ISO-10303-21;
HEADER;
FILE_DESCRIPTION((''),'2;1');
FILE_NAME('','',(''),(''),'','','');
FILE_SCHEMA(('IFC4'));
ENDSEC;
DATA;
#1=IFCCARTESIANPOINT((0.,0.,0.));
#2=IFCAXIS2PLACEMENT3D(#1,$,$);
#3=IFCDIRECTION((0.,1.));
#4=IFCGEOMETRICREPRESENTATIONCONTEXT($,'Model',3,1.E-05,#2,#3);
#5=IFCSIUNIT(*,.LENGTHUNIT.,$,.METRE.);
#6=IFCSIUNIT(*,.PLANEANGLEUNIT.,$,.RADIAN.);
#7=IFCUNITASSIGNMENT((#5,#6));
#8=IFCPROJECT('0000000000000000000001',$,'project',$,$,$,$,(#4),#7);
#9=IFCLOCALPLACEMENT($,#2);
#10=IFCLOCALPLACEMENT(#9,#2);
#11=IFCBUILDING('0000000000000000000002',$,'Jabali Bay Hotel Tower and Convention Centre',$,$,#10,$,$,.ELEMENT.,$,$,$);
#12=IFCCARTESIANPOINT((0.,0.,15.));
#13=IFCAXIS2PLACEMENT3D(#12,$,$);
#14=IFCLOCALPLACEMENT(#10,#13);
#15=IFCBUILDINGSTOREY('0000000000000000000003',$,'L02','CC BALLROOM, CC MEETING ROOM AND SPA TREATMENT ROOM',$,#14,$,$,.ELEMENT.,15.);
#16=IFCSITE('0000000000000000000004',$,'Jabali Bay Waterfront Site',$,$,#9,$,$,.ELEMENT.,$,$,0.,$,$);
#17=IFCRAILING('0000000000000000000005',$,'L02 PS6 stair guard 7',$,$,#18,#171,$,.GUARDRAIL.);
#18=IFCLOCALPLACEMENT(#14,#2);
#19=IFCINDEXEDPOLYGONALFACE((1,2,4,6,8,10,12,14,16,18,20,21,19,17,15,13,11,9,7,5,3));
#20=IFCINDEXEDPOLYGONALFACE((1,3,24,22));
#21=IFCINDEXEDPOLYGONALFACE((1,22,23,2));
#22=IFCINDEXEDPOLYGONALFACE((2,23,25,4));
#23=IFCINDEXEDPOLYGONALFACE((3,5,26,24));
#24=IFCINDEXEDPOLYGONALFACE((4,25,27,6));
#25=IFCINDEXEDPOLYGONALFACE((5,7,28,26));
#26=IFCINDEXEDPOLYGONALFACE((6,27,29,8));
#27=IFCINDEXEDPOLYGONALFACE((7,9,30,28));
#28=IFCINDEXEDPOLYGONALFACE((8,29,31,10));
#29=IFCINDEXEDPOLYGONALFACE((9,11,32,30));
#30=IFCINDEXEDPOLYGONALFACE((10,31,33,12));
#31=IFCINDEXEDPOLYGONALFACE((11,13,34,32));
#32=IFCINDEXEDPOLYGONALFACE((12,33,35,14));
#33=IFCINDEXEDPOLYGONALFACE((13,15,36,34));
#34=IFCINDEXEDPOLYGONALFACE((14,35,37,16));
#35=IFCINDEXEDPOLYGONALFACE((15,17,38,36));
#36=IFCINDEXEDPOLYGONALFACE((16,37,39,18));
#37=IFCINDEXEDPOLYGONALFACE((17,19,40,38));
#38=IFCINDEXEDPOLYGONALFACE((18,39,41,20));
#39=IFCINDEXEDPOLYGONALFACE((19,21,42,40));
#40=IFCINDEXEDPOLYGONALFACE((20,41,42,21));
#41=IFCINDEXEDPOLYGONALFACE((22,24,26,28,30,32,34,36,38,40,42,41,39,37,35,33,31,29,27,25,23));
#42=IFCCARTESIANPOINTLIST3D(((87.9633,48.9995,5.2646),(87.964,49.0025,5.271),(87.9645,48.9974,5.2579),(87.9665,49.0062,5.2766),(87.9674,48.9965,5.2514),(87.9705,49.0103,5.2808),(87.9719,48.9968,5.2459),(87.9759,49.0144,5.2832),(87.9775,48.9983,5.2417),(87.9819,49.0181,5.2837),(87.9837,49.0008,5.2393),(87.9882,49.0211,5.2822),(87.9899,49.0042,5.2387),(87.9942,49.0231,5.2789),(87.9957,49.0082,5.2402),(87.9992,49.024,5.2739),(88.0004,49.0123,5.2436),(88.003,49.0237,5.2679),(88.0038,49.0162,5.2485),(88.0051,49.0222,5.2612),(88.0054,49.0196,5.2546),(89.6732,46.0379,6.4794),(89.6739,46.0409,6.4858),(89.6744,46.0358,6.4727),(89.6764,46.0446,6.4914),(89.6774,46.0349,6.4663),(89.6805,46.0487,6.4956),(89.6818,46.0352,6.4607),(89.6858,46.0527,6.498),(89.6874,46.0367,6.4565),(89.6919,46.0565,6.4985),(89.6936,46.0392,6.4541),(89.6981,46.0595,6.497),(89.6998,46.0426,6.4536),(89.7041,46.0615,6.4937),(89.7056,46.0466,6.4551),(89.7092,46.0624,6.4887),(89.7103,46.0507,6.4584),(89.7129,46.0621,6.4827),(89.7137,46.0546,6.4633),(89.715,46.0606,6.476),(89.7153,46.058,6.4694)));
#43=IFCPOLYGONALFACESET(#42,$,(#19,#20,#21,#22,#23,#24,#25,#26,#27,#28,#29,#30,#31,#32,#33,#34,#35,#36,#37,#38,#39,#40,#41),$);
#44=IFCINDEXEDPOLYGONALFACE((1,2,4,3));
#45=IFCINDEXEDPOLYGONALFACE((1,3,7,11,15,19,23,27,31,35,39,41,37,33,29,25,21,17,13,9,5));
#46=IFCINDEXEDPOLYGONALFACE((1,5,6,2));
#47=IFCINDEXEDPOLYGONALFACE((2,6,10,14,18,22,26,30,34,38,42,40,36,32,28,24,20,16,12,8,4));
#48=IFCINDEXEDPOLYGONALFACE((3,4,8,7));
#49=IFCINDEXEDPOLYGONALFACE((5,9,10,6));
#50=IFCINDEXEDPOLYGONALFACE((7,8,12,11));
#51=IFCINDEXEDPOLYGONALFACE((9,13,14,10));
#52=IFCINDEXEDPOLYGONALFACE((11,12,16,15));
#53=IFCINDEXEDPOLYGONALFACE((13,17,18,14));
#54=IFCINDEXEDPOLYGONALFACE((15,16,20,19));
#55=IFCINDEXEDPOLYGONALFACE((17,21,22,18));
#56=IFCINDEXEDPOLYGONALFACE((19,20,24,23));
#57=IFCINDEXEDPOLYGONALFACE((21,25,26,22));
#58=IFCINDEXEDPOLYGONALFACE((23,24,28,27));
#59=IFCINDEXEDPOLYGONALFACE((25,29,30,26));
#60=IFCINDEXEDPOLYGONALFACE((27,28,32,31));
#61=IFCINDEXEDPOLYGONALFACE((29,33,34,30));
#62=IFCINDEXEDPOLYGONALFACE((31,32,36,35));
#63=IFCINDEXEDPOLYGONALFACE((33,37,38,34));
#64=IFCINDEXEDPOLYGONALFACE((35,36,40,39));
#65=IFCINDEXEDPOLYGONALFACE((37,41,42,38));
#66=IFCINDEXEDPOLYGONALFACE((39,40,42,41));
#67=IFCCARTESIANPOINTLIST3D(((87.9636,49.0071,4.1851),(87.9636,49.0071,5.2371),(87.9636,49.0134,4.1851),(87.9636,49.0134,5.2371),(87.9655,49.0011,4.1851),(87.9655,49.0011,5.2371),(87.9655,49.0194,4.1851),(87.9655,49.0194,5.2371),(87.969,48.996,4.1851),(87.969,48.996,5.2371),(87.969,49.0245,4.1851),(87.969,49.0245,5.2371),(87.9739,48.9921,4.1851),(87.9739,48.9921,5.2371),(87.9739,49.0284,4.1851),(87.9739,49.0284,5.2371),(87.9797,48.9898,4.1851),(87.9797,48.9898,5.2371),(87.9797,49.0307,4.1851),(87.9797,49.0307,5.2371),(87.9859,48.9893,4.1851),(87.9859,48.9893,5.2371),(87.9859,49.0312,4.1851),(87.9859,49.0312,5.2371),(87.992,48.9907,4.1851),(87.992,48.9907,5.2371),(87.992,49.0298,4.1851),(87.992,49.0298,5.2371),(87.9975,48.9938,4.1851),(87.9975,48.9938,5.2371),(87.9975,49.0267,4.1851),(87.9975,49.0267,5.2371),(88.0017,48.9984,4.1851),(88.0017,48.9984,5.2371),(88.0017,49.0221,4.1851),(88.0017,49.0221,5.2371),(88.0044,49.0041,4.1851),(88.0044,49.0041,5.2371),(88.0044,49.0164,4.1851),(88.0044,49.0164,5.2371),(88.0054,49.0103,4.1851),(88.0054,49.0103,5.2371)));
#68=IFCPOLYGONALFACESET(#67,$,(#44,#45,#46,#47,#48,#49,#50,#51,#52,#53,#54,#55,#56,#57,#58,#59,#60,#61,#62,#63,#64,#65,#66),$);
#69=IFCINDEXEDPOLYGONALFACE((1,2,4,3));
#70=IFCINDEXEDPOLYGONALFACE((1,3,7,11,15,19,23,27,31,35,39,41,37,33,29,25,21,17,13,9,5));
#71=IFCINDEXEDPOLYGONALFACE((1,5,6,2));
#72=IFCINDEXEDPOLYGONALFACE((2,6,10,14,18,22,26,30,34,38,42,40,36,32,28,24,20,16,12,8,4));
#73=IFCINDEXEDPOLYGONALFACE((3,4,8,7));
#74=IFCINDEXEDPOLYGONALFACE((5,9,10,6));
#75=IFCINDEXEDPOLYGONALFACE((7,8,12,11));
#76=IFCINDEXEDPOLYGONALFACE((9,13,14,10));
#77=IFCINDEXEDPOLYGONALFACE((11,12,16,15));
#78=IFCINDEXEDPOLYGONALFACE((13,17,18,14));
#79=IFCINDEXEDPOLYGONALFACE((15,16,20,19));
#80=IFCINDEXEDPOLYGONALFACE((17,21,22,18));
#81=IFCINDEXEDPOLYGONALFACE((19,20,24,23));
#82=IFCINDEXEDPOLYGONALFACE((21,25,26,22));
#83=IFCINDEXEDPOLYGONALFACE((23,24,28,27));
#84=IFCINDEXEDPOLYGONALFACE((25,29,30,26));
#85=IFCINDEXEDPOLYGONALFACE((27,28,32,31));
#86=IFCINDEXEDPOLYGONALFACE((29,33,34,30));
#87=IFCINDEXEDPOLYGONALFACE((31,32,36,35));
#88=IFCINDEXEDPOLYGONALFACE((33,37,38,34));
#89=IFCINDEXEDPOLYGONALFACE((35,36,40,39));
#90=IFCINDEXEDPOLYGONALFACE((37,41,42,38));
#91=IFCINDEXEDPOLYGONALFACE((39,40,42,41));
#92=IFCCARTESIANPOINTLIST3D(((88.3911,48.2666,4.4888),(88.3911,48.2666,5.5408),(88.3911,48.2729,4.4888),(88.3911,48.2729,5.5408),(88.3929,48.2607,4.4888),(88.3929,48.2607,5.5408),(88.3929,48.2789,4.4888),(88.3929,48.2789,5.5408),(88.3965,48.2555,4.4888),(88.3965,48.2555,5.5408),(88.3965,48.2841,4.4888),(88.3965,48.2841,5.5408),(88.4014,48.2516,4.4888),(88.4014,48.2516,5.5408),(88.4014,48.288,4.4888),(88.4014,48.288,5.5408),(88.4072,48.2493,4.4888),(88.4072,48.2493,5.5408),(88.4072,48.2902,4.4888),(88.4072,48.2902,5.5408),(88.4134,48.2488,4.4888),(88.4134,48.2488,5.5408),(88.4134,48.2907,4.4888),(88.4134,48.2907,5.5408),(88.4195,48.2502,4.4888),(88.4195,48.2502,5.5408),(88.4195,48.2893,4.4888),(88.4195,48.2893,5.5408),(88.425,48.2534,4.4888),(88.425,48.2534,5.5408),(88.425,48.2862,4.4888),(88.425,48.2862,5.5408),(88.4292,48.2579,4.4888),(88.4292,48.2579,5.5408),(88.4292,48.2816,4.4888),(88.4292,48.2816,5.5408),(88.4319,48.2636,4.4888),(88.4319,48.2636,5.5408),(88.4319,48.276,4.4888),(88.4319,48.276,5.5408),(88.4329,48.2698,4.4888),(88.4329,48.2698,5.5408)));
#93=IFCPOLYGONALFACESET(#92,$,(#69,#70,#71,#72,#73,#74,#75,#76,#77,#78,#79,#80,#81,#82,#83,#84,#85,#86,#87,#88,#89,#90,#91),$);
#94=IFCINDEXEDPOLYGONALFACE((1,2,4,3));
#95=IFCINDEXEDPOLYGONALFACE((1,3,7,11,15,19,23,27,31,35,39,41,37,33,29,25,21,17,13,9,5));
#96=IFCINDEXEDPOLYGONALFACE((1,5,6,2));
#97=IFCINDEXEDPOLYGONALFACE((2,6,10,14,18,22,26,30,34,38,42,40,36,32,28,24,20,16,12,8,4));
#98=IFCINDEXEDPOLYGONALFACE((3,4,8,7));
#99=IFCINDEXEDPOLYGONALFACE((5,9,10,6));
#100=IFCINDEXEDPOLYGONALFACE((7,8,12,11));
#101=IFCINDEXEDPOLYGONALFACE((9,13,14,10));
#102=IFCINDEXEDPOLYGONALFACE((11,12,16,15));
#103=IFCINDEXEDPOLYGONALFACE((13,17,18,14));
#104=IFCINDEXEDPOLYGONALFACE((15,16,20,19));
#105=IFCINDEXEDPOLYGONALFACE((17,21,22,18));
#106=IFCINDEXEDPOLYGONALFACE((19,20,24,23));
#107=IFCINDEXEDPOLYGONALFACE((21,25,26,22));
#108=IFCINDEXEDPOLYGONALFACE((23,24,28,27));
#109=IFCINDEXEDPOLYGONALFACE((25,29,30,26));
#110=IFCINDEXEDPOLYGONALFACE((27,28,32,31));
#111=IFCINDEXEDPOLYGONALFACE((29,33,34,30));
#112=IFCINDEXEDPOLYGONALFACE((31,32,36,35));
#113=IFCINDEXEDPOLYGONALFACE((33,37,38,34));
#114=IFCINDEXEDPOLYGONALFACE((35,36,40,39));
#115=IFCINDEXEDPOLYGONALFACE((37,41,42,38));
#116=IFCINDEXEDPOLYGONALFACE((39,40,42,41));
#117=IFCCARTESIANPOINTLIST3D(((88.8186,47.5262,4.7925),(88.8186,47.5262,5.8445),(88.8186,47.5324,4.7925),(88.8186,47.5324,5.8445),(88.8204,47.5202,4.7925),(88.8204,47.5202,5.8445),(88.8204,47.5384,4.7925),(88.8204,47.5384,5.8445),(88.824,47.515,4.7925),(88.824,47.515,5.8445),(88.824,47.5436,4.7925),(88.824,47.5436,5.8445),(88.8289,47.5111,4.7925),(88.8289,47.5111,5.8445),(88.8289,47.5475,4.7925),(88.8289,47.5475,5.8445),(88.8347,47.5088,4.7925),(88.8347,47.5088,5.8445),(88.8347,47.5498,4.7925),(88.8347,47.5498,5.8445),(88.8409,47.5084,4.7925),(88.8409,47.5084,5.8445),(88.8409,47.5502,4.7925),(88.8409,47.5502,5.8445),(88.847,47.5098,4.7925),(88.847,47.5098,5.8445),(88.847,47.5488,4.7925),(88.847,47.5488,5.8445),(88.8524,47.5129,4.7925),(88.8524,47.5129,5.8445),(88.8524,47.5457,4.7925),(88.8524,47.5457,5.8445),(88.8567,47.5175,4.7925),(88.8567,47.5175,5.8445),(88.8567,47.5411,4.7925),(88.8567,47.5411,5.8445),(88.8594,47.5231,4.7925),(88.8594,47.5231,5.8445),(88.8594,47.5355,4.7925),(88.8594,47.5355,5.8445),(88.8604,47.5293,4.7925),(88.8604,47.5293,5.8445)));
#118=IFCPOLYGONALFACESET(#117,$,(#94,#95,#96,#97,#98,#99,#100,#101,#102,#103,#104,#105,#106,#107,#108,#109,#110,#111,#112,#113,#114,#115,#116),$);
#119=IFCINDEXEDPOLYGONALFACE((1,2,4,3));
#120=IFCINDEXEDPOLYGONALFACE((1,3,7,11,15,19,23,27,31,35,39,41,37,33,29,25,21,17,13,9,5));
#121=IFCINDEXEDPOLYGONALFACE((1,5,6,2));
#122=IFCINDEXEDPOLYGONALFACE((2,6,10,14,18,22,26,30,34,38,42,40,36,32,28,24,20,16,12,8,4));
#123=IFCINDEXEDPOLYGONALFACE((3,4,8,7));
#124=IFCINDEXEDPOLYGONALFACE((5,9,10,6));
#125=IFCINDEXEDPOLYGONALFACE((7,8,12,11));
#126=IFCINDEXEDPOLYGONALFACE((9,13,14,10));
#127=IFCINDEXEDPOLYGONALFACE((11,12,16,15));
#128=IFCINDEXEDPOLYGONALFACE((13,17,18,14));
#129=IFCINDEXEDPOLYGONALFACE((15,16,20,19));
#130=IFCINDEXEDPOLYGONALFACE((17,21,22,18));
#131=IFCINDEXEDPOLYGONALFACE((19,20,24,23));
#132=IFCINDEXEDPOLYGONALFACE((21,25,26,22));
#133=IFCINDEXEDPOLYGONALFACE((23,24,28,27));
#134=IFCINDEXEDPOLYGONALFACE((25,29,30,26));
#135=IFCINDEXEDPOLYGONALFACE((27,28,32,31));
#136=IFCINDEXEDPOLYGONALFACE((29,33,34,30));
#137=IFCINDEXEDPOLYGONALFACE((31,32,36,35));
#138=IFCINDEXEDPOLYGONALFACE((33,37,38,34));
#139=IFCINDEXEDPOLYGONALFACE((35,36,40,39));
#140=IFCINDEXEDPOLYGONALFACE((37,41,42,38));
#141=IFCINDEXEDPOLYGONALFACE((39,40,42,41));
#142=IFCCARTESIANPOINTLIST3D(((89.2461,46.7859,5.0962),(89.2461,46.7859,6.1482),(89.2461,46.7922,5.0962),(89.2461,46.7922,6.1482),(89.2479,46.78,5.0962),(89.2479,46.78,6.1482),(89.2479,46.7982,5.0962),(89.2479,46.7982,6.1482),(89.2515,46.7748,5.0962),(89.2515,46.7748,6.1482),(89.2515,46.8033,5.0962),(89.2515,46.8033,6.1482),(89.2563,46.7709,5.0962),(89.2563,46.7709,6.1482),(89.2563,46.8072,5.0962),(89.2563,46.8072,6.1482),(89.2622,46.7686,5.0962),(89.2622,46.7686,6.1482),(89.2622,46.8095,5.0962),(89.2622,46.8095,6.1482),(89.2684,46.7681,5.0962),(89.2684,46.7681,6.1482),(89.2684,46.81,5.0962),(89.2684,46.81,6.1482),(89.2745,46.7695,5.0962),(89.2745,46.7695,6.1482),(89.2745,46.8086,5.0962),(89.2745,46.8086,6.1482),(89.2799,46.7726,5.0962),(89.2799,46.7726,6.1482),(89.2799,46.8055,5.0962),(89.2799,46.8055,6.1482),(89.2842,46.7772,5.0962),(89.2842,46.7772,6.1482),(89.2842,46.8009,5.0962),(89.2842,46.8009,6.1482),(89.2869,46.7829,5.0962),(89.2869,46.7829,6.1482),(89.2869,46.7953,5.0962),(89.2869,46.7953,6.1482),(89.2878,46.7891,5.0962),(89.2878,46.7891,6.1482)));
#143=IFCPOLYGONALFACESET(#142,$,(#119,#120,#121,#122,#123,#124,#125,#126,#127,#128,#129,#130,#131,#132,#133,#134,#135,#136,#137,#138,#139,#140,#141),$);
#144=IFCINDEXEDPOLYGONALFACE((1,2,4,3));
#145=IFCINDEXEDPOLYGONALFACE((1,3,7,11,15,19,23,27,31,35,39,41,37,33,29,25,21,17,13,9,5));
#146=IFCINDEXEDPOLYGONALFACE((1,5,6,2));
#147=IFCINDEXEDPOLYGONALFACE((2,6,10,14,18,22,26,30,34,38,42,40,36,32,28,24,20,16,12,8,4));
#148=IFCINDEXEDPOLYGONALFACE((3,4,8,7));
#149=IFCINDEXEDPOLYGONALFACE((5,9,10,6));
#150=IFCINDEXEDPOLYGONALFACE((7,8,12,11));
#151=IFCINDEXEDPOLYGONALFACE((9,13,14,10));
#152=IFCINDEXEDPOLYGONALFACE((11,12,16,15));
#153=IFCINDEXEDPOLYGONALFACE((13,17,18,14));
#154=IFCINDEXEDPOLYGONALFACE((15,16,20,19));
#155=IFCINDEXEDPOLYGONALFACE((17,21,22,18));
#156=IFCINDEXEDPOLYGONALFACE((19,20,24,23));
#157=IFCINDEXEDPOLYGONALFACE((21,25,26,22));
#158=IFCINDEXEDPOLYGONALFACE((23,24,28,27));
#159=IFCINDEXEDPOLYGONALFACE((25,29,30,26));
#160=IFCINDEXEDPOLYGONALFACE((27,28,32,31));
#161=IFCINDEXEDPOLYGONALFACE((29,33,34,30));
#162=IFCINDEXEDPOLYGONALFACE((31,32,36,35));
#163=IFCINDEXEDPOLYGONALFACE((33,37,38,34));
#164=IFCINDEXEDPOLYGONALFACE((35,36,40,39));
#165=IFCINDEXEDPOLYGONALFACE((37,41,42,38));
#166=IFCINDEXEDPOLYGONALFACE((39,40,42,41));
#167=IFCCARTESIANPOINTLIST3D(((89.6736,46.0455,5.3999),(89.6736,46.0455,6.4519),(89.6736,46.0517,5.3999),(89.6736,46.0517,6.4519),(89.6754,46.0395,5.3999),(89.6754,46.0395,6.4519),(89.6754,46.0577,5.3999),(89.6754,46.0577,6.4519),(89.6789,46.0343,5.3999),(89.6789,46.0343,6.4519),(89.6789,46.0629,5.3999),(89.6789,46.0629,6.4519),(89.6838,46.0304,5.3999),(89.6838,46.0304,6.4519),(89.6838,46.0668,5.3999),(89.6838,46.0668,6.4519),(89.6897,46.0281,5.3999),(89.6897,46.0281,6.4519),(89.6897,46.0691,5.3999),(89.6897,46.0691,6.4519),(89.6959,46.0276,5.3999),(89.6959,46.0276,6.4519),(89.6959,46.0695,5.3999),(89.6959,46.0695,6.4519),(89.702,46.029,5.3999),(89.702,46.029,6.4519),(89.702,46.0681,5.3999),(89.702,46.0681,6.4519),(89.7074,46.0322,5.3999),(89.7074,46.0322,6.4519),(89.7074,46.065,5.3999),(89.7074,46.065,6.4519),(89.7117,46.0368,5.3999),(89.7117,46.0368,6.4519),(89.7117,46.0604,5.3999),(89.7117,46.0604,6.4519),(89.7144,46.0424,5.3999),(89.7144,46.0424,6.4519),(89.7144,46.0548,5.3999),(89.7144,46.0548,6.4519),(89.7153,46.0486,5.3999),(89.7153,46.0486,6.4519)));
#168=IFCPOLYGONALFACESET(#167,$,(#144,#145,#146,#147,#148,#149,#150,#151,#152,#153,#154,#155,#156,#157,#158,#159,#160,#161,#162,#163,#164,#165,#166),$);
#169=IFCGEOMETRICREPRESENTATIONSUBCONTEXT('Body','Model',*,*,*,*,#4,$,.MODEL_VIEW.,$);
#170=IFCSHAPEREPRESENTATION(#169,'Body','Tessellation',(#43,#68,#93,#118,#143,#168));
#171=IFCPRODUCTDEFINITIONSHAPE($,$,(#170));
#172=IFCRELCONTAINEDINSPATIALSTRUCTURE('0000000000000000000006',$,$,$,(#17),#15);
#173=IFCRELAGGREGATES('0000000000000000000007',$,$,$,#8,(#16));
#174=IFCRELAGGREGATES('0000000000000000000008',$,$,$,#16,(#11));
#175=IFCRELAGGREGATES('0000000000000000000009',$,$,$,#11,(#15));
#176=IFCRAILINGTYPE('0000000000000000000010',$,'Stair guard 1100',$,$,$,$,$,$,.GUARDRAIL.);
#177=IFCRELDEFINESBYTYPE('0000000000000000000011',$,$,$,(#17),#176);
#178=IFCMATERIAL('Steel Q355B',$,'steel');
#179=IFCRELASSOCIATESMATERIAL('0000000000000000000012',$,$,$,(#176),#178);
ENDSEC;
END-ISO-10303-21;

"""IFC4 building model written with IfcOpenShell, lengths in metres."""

from ifc_helpers import new_model, si_unit, direction, frame, origin, origin_2d, place, context, subcontext, project, spatial, circle, extrude, material, type_object, element, save


model = new_model("IFC4")

# Units and contexts
model_context = context("Model", 3, precision=1e-05, world=origin(), true_north=direction((0.0, 1.0)))
body_context = subcontext(model_context, "Body", "Model", "MODEL_VIEW")
ifc_project = project(units=[si_unit("LENGTHUNIT", "METRE"), si_unit("PLANEANGLEUNIT", "RADIAN")], contexts=[model_context])

# Site, building, storey
site_placement = place(None, origin())
site = spatial("IfcSite", under=ifc_project, at=site_placement, Name="Jabali Bay Waterfront Site", CompositionType="ELEMENT", RefElevation=0.0)
building_placement = place(site_placement, origin())
building = spatial("IfcBuilding", under=site, at=building_placement, Name="Jabali Bay Hotel Tower and Convention Centre", CompositionType="ELEMENT")
storey_placement = place(building_placement, frame((0.0, 0.0, 15.0)))
storey = spatial("IfcBuildingStorey", under=building, at=storey_placement, Name="L02", Description="CC BALLROOM, CC MEETING ROOM AND SPA TREATMENT ROOM", CompositionType="ELEMENT", Elevation=15.0)

# Railing
ifc_material_1 = material(Name="Steel Q355B", Category="steel")
railing_type_1 = type_object("IfcRailingType", Name="Stair guard 1100", PredefinedType="GUARDRAIL", material=ifc_material_1)
railing_1_placement = place(storey_placement, frame((87.9844, 49.0103, 4.1851)))
element("IfcRailing", 1, at=railing_1_placement, inside=storey, type_object=railing_type_1, Name="L02 PS6 stair guard 7", PredefinedType="GUARDRAIL", context=body_context, shape_type="SweptSolid", body=[
    extrude(circle(Radius=0.0239, at=origin_2d()), frame((0.0, 0.0, 1.0762), z_axis=(0.471164, -0.81606, 0.334739), x_axis=(0.86602, 0.500009, 0.0)), (0.0, 0.0, 1.0), 3.6292),
    extrude(circle(Radius=0.021, at=origin_2d()), origin(), (0.0, 0.0, 1.0), 1.052),
    extrude(circle(Radius=0.021, at=origin_2d()), frame((0.4275, -0.7405, 0.3037)), (0.0, 0.0, 1.0), 1.052),
    extrude(circle(Radius=0.021, at=origin_2d()), frame((0.855, -1.481, 0.6074)), (0.0, 0.0, 1.0), 1.052),
    extrude(circle(Radius=0.021, at=origin_2d()), frame((1.2825, -2.2212, 0.9111)), (0.0, 0.0, 1.0), 1.052),
    extrude(circle(Radius=0.021, at=origin_2d()), frame((1.71, -2.9617, 1.2148)), (0.0, 0.0, 1.0), 1.052),
])

save(model, "model.ifc")
